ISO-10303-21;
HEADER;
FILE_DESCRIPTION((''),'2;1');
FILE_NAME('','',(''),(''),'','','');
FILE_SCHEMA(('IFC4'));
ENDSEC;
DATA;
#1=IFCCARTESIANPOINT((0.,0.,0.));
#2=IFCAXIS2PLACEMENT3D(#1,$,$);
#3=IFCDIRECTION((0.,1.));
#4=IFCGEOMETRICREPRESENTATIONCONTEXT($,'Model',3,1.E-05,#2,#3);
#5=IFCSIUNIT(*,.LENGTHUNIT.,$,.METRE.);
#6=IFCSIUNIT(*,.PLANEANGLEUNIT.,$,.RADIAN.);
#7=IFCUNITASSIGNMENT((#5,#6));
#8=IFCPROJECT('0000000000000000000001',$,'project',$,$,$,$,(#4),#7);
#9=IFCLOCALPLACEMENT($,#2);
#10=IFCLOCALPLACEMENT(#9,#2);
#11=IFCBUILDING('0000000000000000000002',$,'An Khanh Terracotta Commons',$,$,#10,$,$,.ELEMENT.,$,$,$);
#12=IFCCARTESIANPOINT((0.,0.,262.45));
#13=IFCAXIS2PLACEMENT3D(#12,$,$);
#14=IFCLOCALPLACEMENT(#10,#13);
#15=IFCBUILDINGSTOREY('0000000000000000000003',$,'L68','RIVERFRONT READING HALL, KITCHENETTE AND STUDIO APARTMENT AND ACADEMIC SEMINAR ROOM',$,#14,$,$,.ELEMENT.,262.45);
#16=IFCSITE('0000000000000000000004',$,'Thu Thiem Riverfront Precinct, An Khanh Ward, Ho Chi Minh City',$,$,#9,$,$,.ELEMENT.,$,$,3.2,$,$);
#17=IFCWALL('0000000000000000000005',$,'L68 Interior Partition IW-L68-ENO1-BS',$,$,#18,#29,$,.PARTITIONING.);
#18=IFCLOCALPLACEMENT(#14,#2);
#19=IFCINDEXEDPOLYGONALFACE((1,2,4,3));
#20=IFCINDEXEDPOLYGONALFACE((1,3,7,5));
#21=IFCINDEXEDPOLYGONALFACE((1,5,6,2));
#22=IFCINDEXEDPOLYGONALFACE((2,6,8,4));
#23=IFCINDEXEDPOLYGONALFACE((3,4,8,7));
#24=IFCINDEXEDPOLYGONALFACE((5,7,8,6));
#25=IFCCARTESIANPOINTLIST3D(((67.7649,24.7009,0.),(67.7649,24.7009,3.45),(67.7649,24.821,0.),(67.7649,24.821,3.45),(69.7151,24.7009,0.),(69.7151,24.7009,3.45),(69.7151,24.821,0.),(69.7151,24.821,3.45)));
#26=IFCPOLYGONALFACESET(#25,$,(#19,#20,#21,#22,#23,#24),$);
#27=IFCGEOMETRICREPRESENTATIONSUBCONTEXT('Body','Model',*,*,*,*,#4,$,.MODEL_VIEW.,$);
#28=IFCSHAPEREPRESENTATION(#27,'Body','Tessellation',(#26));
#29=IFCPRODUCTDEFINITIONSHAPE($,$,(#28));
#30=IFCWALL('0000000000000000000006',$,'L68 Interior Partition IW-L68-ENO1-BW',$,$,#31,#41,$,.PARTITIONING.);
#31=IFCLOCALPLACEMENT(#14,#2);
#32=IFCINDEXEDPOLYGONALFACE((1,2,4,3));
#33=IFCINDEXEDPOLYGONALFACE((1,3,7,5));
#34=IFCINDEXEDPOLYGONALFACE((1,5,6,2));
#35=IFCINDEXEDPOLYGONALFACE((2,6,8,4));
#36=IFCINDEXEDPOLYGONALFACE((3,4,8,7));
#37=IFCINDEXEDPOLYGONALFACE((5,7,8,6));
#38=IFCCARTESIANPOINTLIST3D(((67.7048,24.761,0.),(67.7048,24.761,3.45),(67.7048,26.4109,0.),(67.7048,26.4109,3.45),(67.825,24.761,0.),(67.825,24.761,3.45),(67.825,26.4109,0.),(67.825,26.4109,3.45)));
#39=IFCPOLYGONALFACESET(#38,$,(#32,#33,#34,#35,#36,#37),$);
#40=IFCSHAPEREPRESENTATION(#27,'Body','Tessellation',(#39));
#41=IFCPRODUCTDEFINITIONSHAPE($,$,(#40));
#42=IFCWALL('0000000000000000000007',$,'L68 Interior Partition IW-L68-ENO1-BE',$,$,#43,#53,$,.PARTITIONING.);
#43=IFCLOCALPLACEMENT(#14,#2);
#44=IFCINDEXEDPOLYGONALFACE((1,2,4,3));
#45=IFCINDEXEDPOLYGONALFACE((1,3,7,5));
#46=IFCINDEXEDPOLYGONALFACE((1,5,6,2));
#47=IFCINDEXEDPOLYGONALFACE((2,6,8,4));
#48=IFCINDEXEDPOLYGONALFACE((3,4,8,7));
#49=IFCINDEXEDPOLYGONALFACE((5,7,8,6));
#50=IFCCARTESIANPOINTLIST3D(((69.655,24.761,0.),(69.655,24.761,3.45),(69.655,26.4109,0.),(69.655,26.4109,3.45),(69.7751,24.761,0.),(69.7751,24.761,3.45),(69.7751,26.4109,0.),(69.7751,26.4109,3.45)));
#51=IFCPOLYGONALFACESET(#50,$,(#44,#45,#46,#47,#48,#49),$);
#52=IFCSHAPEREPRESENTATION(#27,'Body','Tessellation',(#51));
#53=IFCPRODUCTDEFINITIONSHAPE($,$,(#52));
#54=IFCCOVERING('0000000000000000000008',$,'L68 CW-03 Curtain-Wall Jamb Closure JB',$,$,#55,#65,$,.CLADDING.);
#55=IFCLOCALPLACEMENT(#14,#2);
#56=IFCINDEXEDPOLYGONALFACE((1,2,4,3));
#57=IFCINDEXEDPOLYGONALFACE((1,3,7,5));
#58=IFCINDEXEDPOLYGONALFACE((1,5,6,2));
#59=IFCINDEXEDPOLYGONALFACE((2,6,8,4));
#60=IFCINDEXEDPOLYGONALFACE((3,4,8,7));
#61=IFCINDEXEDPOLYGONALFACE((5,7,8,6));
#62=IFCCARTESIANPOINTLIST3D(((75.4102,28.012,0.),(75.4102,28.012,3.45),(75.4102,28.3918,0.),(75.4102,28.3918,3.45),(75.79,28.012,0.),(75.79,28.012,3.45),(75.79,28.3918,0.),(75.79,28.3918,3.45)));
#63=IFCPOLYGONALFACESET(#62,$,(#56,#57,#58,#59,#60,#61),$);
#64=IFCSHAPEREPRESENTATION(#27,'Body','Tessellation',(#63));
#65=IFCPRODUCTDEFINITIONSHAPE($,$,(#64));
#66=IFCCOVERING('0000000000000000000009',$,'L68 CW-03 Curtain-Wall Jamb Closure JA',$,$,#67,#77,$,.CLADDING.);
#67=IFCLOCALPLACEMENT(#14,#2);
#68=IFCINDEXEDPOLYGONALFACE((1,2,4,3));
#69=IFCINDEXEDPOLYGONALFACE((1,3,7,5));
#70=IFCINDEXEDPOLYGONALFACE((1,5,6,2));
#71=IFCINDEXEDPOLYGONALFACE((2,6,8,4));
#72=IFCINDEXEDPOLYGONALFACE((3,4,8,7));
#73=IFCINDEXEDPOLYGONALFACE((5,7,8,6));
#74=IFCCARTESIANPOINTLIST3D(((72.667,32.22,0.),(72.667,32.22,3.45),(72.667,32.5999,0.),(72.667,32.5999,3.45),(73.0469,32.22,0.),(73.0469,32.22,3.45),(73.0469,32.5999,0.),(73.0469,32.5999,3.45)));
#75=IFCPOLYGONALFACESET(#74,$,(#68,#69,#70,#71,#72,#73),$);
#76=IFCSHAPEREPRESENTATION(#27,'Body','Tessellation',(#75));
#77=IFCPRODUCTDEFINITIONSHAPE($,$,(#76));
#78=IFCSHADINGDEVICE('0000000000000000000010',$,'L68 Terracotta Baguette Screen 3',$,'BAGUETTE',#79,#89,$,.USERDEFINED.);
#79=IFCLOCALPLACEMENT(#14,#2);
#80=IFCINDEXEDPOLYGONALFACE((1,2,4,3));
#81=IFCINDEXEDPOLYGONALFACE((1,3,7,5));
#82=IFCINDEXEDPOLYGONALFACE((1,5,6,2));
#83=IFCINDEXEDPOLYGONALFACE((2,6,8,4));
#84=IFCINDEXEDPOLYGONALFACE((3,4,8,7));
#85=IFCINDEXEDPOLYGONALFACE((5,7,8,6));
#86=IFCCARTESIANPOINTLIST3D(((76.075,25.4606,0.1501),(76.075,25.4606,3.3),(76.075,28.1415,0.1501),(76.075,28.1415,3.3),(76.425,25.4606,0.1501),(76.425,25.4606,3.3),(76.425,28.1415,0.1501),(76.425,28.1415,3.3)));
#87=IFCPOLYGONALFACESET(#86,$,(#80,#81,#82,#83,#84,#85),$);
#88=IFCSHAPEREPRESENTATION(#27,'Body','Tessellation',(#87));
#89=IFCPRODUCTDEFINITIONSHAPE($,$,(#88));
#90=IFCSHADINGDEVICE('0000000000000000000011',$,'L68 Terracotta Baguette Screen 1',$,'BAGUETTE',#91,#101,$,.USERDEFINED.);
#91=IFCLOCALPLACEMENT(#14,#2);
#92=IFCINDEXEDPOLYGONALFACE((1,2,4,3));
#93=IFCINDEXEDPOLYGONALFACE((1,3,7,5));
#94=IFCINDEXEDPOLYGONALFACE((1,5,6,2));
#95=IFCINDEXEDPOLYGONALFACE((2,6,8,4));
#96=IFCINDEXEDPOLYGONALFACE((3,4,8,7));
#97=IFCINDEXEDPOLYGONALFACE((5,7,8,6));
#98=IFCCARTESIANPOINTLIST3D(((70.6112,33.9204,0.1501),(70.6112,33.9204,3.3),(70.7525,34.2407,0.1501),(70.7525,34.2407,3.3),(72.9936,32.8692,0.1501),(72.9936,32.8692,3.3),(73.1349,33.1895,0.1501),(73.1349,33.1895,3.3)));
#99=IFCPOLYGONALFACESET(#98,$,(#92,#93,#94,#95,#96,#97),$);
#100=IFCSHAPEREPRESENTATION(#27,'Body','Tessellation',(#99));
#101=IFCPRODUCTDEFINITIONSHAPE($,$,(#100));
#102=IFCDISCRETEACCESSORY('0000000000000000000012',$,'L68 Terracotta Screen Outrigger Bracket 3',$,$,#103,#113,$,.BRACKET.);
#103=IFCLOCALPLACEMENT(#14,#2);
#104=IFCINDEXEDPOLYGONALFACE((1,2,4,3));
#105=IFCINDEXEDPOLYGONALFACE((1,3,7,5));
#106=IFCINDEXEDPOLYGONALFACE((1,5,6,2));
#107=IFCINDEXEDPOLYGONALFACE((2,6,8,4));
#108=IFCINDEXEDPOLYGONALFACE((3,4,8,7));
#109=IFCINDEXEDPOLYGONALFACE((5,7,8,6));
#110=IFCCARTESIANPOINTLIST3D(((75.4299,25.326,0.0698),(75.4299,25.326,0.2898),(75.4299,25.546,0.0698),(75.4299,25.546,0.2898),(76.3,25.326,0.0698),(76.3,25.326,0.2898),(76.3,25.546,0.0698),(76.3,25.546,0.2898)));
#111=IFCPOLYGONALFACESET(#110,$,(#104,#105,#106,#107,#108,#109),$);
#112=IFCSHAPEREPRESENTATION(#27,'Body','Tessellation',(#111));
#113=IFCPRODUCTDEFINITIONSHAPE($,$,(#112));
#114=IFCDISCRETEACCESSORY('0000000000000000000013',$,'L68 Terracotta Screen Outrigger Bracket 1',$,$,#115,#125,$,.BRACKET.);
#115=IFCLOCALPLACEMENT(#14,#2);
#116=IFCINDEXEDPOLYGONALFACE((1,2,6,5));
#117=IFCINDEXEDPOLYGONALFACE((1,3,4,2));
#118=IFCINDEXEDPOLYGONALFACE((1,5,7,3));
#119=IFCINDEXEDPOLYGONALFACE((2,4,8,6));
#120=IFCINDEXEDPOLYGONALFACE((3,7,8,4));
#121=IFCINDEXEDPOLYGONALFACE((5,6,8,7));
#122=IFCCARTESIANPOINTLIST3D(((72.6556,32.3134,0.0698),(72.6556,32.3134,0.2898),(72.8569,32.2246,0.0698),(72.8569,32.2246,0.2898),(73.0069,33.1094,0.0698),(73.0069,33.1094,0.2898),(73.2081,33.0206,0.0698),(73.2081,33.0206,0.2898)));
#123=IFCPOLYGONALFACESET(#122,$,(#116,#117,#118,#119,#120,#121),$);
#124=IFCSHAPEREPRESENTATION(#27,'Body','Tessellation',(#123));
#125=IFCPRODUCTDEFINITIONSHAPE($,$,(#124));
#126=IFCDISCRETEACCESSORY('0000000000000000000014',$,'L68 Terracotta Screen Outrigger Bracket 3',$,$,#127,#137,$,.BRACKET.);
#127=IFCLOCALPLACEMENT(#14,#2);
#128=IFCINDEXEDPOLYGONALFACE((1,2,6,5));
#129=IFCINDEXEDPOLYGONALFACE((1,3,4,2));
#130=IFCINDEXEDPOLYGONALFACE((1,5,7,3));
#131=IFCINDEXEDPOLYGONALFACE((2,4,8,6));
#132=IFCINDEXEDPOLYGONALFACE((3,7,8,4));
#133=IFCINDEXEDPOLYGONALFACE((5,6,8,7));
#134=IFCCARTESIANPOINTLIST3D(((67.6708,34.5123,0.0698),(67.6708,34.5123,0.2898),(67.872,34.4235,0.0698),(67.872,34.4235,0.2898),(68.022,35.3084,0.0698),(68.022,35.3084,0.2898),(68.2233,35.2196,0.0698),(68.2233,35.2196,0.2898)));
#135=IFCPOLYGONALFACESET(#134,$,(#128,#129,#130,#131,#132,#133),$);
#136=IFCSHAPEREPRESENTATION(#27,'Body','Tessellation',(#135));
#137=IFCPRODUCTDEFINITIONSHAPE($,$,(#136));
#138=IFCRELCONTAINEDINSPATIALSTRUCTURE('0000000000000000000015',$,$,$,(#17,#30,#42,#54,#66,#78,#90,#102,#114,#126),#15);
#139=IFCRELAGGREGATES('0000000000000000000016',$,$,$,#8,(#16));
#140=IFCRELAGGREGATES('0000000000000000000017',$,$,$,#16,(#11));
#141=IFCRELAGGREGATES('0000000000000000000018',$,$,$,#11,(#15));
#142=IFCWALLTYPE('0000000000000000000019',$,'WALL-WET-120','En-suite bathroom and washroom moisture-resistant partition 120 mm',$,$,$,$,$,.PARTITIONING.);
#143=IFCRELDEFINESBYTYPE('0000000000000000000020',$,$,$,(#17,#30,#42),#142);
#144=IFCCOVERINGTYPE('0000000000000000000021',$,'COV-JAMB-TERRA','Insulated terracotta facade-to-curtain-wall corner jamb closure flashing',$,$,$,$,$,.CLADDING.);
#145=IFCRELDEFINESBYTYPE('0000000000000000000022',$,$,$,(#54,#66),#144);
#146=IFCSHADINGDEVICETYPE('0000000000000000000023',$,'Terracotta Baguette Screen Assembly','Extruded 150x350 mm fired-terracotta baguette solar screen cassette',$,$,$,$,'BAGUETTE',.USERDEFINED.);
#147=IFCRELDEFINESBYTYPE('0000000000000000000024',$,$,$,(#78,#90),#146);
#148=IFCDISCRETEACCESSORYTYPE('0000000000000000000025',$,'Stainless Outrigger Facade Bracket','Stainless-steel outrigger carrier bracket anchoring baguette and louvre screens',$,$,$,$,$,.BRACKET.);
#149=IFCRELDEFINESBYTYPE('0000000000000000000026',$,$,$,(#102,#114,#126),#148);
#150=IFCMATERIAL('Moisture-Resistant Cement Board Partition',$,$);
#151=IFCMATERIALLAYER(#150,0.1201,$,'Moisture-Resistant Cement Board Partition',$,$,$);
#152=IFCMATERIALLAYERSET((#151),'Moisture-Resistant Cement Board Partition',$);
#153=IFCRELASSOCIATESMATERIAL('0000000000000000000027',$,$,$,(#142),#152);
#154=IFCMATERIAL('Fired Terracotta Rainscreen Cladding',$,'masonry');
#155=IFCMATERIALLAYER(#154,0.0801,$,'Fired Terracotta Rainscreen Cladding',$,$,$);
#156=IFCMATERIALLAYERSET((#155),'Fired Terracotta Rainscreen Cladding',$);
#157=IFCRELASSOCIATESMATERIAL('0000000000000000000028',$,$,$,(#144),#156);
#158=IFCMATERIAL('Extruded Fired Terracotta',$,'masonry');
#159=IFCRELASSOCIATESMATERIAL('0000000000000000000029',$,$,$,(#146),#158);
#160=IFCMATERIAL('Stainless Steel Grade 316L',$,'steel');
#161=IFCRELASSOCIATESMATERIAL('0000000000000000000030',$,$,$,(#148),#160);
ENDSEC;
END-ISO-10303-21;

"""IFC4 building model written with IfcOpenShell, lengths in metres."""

from ifc_helpers import new_model, si_unit, direction, frame, frame_2d, origin, origin_2d, place, context, subcontext, project, spatial, rectangle, extrude, material, layer, layer_set, type_object, element, save


model = new_model("IFC4")

# Units and contexts
model_context = context("Model", 3, precision=1e-05, world=origin(), true_north=direction((0.0, 1.0)))
body_context = subcontext(model_context, "Body", "Model", "MODEL_VIEW")
ifc_project = project(units=[si_unit("LENGTHUNIT", "METRE"), si_unit("PLANEANGLEUNIT", "RADIAN")], contexts=[model_context])

# Site, building, storey
site_placement = place(None, origin())
site = spatial("IfcSite", under=ifc_project, at=site_placement, Name="Thu Thiem Riverfront Precinct, An Khanh Ward, Ho Chi Minh City", CompositionType="ELEMENT", RefElevation=3.2)
building_placement = place(site_placement, origin())
building = spatial("IfcBuilding", under=site, at=building_placement, Name="An Khanh Terracotta Commons", CompositionType="ELEMENT")
storey_placement = place(building_placement, frame((0.0, 0.0, 262.45)))
storey = spatial("IfcBuildingStorey", under=building, at=storey_placement, Name="L68", Description="RIVERFRONT READING HALL, KITCHENETTE AND STUDIO APARTMENT AND ACADEMIC SEMINAR ROOM", CompositionType="ELEMENT", Elevation=262.45)

# Shared definitions
ifc_material_1 = material(Name="Moisture-Resistant Cement Board Partition")
ifc_layer_1 = layer(ifc_material_1, 0.1201, Name="Moisture-Resistant Cement Board Partition")
ifc_layer_set_1 = layer_set([ifc_layer_1], Name="Moisture-Resistant Cement Board Partition")
wall_type_1 = type_object("IfcWallType", Name="WALL-WET-120", Description="En-suite bathroom and washroom moisture-resistant partition 120 mm", PredefinedType="PARTITIONING", material=ifc_layer_set_1)

# Walls
wall_1_placement = place(storey_placement, frame((69.7151, 24.761, 0.0), z_axis=(0.0, 0.0, 1.0), x_axis=(-1.0, 0.0, 0.0)))
element("IfcWall", 1, at=wall_1_placement, inside=storey, type_object=wall_type_1, Name="L68 Interior Partition IW-L68-ENO1-BS", PredefinedType="PARTITIONING", context=body_context, shape_type="SweptSolid", body=[
    extrude(rectangle(XDim=1.9502, YDim=0.1201, at=frame_2d((0.9751, 0.0))), origin(), (0.0, 0.0, 1.0), 3.45),
])
for number, where, z_axis, x_axis, name in (
    (2, (67.7649, 26.4109, 0.0), (0.0, 0.0, 1.0), (0.0, -1.0, 0.0), "L68 Interior Partition IW-L68-ENO1-BW"),
    (3, (69.7151, 24.761, 0.0), (0.0, 0.0, 1.0), (0.0, 1.0, 0.0), "L68 Interior Partition IW-L68-ENO1-BE"),
):
    element("IfcWall", number, at=place(storey_placement, frame(where, z_axis=z_axis, x_axis=x_axis)), inside=storey, type_object=wall_type_1, Name=name, PredefinedType="PARTITIONING", context=body_context, shape_type="SweptSolid", body=[
        extrude(rectangle(XDim=1.6499, YDim=0.1201, at=frame_2d((0.825, 0.0))), origin(), (0.0, 0.0, 1.0), 3.45),
    ])

# Coverings
ifc_material_2 = material(Name="Fired Terracotta Rainscreen Cladding", Category="masonry")
ifc_layer_2 = layer(ifc_material_2, 0.0801, Name="Fired Terracotta Rainscreen Cladding")
ifc_layer_set_2 = layer_set([ifc_layer_2], Name="Fired Terracotta Rainscreen Cladding")
covering_type = type_object("IfcCoveringType", Name="COV-JAMB-TERRA", Description="Insulated terracotta facade-to-curtain-wall corner jamb closure flashing", PredefinedType="CLADDING", material=ifc_layer_set_2)
for number, where, z_axis, x_axis, name in (
    (4, (75.6001, 28.2019, 0.0), (0.0, 0.0, 1.0), (1.0, 0.0, 0.0), "L68 CW-03 Curtain-Wall Jamb Closure JB"),
    (5, (72.8569, 32.4099, 0.0), (0.0, 0.0, 1.0), (1.0, 0.0, 0.0), "L68 CW-03 Curtain-Wall Jamb Closure JA"),
):
    element("IfcCovering", number, at=place(storey_placement, frame(where, z_axis=z_axis, x_axis=x_axis)), inside=storey, type_object=covering_type, Name=name, PredefinedType="CLADDING", context=body_context, shape_type="SweptSolid", body=[
        extrude(rectangle(XDim=0.3799, YDim=0.3799, at=origin_2d()), origin(), (0.0, 0.0, 1.0), 3.45),
    ])

# Shading devices
ifc_material_3 = material(Name="Extruded Fired Terracotta", Category="masonry")
shading_device_type = type_object("IfcShadingDeviceType", Name="Terracotta Baguette Screen Assembly", Description="Extruded 150x350 mm fired-terracotta baguette solar screen cassette", ElementType="BAGUETTE", PredefinedType="USERDEFINED", material=ifc_material_3)
shading_device_1_placement = place(storey_placement, frame((76.25, 26.801, 0.1501), z_axis=(0.0, 0.0, 1.0), x_axis=(0.0, 1.0, 0.0)))
element("IfcShadingDevice", 6, at=shading_device_1_placement, inside=storey, type_object=shading_device_type, Name="L68 Terracotta Baguette Screen 3", ObjectType="BAGUETTE", PredefinedType="USERDEFINED", context=body_context, shape_type="SweptSolid", body=[
    extrude(rectangle(XDim=2.6809, YDim=0.3501, at=origin_2d()), origin(), (0.0, 0.0, 1.0), 3.1499),
])
shading_device_2_placement = place(storey_placement, frame((71.873, 33.5549, 0.1501), z_axis=(0.0, 0.0, 1.0), x_axis=(-0.914902, 0.403676, 0.0)))
element("IfcShadingDevice", 7, at=shading_device_2_placement, inside=storey, type_object=shading_device_type, Name="L68 Terracotta Baguette Screen 1", ObjectType="BAGUETTE", PredefinedType="USERDEFINED", context=body_context, shape_type="SweptSolid", body=[
    extrude(rectangle(XDim=2.604, YDim=0.3501, at=origin_2d()), origin(), (0.0, 0.0, 1.0), 3.1499),
])

# Discrete accessories
ifc_material_4 = material(Name="Stainless Steel Grade 316L", Category="steel")
discrete_accessory_type = type_object("IfcDiscreteAccessoryType", Name="Stainless Outrigger Facade Bracket", Description="Stainless-steel outrigger carrier bracket anchoring baguette and louvre screens", PredefinedType="BRACKET", material=ifc_material_4)
for number, where, z_axis, x_axis, name in (
    (8, (75.865, 25.436, 0.0698), (0.0, 0.0, 1.0), (0.0, 1.0, 0.0), "L68 Terracotta Screen Outrigger Bracket 3"),
    (9, (72.9319, 32.667, 0.0698), (0.0, 0.0, 1.0), (-0.914902, 0.403676, 0.0), "L68 Terracotta Screen Outrigger Bracket 1"),
    (10, (67.947, 34.866, 0.0698), (0.0, 0.0, 1.0), (-0.914902, 0.403676, 0.0), "L68 Terracotta Screen Outrigger Bracket 3"),
):
    element("IfcDiscreteAccessory", number, at=place(storey_placement, frame(where, z_axis=z_axis, x_axis=x_axis)), inside=storey, type_object=discrete_accessory_type, Name=name, PredefinedType="BRACKET", context=body_context, shape_type="SweptSolid", body=[
        extrude(rectangle(XDim=0.22, YDim=0.8701, at=origin_2d()), origin(), (0.0, 0.0, 1.0), 0.22),
    ])

save(model, "model.ifc")
